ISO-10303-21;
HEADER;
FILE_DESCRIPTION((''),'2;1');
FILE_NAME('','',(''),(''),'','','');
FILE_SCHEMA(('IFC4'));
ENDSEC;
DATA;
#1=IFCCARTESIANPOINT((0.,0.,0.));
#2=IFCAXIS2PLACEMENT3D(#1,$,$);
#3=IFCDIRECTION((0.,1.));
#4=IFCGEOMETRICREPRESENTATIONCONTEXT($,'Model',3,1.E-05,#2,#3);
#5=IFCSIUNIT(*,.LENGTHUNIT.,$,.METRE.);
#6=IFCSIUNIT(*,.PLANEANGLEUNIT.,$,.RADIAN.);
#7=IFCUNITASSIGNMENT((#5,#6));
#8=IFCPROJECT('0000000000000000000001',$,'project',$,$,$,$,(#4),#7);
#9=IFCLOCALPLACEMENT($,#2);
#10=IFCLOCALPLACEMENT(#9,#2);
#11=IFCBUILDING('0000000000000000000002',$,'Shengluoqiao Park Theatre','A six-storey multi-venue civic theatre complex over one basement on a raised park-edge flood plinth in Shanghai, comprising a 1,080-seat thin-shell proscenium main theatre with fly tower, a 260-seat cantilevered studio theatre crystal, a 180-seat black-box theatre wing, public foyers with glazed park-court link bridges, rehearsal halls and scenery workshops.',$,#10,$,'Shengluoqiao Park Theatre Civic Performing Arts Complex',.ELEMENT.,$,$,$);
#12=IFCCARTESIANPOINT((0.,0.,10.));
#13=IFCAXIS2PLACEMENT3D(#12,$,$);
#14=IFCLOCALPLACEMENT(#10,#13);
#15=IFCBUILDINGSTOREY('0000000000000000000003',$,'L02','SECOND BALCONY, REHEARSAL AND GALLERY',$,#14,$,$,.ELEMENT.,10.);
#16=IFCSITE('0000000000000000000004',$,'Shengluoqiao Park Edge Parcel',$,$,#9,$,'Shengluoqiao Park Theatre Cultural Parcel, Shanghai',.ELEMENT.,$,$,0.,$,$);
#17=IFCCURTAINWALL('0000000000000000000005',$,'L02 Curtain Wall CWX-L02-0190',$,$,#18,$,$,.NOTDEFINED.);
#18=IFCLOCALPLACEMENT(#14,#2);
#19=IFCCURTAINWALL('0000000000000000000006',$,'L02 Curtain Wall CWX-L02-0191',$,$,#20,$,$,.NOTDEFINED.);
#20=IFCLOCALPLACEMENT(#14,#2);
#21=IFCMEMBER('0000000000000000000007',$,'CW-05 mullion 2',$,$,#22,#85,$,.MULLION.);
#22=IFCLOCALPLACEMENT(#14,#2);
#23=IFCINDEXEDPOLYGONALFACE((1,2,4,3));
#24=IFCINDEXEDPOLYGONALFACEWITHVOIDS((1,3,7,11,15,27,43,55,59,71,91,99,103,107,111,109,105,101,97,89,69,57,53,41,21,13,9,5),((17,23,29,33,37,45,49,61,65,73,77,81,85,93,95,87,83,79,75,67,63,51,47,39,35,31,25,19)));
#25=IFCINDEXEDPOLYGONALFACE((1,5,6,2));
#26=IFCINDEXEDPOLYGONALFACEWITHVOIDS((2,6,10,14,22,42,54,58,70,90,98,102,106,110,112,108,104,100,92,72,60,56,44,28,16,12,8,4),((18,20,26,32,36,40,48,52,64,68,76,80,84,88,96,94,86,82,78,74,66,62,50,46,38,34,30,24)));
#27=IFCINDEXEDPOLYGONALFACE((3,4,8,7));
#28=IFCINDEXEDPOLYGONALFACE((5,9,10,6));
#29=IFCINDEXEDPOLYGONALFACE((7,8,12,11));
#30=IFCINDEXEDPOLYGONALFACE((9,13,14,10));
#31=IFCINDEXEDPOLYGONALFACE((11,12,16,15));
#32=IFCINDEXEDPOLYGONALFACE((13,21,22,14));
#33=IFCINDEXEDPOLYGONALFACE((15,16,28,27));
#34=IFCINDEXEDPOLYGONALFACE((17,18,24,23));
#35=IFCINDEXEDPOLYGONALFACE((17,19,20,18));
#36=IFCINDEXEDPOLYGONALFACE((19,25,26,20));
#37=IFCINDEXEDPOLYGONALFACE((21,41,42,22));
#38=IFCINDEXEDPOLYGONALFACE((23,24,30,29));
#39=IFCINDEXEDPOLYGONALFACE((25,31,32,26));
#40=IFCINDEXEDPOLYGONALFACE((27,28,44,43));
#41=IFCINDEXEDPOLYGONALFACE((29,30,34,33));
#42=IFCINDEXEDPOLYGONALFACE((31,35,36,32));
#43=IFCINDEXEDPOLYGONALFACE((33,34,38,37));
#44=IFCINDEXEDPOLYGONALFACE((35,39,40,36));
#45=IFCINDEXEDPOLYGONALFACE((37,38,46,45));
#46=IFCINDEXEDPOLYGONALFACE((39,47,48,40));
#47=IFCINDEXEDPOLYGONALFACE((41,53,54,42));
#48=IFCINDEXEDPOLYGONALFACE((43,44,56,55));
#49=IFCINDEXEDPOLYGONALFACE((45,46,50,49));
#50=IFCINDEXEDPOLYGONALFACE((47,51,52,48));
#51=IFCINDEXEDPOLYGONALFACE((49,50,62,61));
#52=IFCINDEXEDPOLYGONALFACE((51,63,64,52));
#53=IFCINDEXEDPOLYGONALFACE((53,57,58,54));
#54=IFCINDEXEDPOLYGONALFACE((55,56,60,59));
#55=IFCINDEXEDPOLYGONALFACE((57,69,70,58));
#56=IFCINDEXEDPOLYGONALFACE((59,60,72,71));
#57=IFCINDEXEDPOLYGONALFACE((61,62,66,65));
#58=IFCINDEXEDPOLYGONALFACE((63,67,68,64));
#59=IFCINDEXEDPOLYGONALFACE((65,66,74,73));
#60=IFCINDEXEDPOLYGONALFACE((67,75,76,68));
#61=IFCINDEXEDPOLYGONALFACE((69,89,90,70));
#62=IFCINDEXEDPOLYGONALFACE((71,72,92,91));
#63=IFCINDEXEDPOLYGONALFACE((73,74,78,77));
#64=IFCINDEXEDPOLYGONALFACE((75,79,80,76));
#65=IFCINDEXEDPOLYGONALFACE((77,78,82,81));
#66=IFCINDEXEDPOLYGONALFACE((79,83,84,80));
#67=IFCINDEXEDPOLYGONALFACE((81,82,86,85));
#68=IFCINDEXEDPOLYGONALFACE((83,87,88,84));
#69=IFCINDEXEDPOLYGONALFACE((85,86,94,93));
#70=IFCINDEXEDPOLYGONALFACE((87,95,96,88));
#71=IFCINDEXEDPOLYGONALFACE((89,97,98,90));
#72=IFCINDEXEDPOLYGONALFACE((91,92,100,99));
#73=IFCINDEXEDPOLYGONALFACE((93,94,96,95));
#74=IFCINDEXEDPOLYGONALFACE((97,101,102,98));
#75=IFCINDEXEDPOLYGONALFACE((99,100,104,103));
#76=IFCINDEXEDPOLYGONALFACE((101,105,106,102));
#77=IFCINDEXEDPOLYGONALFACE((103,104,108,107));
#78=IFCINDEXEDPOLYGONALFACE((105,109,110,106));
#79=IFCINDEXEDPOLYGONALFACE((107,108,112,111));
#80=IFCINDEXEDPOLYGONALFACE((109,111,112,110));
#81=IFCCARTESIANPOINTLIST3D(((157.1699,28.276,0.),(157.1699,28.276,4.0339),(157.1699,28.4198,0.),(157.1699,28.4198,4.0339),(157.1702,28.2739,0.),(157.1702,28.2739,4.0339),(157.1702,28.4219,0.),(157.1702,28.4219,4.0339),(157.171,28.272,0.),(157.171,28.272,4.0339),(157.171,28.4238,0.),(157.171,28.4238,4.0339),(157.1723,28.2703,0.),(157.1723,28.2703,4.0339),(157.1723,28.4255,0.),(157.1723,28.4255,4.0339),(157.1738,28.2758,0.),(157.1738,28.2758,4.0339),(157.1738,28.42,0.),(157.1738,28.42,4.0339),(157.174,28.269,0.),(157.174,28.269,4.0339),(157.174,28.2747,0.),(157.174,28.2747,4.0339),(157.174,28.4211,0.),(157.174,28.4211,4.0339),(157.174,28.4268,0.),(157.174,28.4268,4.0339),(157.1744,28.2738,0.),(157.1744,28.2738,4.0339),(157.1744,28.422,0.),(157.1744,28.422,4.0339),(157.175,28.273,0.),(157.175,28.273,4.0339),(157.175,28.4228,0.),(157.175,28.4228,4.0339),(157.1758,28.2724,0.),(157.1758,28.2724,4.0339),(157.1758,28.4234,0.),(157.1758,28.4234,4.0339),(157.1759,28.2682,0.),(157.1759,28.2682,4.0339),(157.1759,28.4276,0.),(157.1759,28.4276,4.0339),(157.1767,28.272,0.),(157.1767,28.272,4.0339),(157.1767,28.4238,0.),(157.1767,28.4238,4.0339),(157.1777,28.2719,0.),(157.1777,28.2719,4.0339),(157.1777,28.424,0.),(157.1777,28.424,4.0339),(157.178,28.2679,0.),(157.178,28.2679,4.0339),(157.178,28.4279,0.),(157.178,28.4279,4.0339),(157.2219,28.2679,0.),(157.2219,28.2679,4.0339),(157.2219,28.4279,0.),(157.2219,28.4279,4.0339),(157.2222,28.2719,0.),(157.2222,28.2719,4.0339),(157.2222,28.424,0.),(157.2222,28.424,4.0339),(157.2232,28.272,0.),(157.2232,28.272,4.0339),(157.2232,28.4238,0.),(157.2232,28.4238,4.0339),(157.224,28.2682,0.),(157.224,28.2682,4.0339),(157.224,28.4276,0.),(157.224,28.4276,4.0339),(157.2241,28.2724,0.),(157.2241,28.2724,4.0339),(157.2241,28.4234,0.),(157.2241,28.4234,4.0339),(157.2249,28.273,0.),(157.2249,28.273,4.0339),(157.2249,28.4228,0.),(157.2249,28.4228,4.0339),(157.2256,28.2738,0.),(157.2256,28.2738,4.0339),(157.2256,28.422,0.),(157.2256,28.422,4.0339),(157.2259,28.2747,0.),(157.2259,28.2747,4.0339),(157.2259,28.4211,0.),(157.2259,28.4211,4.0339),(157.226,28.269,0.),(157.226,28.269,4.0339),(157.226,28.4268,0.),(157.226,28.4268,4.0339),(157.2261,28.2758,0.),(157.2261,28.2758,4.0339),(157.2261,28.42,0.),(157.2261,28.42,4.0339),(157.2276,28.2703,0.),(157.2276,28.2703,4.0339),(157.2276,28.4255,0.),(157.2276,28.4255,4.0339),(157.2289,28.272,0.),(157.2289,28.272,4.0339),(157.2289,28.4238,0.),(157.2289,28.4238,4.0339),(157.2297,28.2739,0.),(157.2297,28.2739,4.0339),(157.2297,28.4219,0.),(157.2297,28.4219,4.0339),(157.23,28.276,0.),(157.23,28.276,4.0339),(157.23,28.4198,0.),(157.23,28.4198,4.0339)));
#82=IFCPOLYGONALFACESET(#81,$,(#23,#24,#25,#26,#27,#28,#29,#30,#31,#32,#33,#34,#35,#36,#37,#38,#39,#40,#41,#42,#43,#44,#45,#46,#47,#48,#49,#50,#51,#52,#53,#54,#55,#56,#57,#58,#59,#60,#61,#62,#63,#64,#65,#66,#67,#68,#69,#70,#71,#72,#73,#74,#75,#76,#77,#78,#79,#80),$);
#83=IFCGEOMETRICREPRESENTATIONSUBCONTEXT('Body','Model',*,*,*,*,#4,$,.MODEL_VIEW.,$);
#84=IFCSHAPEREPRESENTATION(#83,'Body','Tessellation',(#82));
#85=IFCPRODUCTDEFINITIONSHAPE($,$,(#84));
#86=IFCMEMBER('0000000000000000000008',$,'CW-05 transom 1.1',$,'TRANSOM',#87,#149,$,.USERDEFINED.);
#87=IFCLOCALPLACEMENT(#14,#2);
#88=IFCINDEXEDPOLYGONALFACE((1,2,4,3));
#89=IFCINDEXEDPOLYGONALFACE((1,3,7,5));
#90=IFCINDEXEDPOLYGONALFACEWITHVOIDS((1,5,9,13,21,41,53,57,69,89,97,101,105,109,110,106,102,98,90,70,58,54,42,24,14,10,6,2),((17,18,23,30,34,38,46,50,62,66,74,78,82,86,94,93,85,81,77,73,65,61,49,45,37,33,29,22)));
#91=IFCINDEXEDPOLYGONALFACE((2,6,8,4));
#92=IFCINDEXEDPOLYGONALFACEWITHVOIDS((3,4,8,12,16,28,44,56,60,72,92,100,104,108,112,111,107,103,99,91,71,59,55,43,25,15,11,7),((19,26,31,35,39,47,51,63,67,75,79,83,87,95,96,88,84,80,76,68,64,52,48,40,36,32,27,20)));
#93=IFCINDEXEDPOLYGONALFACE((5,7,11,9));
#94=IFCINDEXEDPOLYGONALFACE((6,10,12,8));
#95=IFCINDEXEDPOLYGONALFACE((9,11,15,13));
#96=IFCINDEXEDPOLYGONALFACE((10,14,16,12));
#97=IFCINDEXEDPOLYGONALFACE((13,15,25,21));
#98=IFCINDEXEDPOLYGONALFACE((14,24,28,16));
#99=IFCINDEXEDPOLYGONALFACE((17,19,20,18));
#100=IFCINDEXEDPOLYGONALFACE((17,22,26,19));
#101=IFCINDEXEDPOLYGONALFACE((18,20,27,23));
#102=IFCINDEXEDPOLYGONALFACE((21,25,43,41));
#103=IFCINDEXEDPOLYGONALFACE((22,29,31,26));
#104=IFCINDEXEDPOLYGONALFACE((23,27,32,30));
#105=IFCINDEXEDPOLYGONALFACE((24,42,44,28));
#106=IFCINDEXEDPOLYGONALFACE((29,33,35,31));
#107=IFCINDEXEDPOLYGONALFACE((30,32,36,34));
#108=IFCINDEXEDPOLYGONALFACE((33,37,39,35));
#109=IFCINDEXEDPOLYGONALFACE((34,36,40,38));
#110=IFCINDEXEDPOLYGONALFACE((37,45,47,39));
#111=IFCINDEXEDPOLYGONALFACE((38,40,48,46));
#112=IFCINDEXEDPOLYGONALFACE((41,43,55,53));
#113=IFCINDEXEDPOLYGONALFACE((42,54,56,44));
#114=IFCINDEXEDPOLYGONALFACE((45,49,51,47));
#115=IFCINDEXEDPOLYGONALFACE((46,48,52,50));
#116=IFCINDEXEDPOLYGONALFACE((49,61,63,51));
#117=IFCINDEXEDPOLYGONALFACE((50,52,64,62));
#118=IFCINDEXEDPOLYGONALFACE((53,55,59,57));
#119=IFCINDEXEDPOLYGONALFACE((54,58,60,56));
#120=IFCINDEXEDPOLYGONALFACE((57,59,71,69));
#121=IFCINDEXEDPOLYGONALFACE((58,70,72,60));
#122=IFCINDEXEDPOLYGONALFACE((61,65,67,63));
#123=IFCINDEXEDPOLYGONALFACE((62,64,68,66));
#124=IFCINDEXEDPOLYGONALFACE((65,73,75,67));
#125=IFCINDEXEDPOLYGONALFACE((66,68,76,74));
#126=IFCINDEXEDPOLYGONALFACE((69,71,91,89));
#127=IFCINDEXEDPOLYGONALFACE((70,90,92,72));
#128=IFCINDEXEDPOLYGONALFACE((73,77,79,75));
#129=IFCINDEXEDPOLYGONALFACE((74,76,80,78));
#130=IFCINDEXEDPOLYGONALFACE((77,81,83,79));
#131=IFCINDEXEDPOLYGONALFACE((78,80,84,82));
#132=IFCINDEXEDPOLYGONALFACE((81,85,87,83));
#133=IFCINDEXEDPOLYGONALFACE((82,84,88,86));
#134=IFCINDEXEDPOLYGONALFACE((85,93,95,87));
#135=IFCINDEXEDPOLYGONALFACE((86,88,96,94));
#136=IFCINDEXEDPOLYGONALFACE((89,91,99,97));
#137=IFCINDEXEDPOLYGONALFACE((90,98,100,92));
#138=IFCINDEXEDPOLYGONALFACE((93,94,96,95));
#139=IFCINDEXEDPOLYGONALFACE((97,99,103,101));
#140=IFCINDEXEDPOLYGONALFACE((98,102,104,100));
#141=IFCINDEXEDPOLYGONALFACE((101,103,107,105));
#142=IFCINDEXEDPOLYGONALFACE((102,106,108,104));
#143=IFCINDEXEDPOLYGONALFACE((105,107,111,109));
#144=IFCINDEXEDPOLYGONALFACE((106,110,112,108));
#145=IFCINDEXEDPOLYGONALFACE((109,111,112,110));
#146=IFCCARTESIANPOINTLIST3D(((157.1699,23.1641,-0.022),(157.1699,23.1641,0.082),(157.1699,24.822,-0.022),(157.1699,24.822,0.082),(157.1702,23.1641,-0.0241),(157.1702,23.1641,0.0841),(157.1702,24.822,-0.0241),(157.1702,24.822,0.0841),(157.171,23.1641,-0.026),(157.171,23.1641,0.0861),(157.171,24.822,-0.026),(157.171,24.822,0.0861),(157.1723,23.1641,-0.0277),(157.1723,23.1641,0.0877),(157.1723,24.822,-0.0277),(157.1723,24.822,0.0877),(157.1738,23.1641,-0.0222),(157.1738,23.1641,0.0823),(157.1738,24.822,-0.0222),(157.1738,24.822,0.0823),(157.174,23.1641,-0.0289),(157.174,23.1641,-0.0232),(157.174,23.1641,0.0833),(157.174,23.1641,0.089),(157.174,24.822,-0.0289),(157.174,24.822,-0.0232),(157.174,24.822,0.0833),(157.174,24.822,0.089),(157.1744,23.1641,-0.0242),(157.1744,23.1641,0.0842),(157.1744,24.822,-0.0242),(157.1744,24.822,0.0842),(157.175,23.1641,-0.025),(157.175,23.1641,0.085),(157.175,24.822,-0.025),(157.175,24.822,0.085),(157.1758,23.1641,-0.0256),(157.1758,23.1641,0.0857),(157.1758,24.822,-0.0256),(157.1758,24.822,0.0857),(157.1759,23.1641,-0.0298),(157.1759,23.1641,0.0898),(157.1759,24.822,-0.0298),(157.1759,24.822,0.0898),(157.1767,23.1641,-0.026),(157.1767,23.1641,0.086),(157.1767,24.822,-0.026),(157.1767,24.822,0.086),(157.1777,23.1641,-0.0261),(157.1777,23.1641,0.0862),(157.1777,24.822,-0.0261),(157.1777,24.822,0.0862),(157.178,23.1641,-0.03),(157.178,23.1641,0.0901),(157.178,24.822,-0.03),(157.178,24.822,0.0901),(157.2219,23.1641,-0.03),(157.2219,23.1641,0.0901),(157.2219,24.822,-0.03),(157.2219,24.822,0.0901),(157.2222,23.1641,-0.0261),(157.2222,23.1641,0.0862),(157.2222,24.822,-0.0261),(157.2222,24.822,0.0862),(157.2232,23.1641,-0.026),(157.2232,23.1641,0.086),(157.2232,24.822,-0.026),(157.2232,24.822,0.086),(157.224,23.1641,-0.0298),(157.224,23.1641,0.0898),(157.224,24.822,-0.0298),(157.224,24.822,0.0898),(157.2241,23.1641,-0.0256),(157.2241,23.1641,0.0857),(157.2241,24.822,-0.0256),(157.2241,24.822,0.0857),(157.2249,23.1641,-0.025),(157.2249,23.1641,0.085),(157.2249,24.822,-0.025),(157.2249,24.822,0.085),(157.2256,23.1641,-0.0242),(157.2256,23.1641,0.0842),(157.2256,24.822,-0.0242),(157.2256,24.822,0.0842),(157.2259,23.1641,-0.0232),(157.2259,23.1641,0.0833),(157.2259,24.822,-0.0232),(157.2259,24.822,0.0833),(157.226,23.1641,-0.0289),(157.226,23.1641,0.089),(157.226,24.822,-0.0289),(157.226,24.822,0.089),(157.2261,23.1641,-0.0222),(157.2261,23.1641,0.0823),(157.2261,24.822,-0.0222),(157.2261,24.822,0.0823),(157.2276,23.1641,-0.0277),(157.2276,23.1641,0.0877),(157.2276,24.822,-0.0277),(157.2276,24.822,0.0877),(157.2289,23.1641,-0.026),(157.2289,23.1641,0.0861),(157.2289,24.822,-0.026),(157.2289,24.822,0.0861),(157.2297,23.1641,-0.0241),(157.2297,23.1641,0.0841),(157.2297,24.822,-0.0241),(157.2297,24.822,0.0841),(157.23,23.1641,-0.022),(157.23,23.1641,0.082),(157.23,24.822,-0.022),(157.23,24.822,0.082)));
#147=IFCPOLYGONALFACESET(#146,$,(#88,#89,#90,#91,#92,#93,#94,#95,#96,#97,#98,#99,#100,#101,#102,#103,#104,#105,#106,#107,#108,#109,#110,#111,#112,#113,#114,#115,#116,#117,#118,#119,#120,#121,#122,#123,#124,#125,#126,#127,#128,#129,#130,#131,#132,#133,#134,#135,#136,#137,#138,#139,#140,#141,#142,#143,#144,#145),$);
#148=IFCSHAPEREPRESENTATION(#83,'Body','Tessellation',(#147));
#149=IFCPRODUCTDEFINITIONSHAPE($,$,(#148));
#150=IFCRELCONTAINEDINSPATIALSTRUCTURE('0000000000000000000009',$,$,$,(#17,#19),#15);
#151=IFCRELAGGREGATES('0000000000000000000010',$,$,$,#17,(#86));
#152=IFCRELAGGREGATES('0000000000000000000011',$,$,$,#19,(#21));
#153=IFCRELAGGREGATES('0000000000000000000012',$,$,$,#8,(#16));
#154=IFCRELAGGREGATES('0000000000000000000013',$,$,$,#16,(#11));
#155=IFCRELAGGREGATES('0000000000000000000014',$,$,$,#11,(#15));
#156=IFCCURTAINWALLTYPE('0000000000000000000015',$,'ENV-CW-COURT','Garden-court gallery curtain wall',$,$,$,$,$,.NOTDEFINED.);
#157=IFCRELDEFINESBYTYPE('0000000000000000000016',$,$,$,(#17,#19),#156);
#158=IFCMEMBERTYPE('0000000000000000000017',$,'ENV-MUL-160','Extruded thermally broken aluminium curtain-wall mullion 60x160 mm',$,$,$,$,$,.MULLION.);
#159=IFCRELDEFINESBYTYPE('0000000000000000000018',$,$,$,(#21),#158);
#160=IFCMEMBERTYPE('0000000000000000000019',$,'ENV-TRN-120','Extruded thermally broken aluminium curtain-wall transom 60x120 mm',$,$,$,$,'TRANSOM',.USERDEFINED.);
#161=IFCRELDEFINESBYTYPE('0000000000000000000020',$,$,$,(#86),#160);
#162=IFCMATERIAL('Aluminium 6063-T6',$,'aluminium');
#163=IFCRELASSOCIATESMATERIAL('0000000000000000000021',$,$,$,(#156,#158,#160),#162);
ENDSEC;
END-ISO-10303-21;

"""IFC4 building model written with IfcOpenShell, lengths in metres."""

from ifc_helpers import new_model, si_unit, direction, frame, origin, origin_2d, place, context, subcontext, project, spatial, hollow_rectangle, extrude, material, material_profile, profile_set, type_object, element, aggregate, save


model = new_model("IFC4")

# Units and contexts
model_context = context("Model", 3, precision=1e-05, world=origin(), true_north=direction((0.0, 1.0)))
body_context = subcontext(model_context, "Body", "Model", "MODEL_VIEW")
ifc_project = project(units=[si_unit("LENGTHUNIT", "METRE"), si_unit("PLANEANGLEUNIT", "RADIAN")], contexts=[model_context])

# Site, building, storey
site_placement = place(None, origin())
site = spatial("IfcSite", under=ifc_project, at=site_placement, Name="Shengluoqiao Park Edge Parcel", LongName="Shengluoqiao Park Theatre Cultural Parcel, Shanghai", CompositionType="ELEMENT", RefElevation=0.0)
building_placement = place(site_placement, origin())
building = spatial("IfcBuilding", under=site, at=building_placement, Name="Shengluoqiao Park Theatre", Description="A six-storey multi-venue civic theatre complex over one basement on a raised park-edge flood plinth in Shanghai, comprising a 1,080-seat thin-shell proscenium main theatre with fly tower, a 260-seat cantilevered studio theatre crystal, a 180-seat black-box theatre wing, public foyers with glazed park-court link bridges, rehearsal halls and scenery workshops.", LongName="Shengluoqiao Park Theatre Civic Performing Arts Complex", CompositionType="ELEMENT")
storey_placement = place(building_placement, frame((0.0, 0.0, 10.0)))
storey = spatial("IfcBuildingStorey", under=building, at=storey_placement, Name="L02", Description="SECOND BALCONY, REHEARSAL AND GALLERY", CompositionType="ELEMENT", Elevation=10.0)

# Curtain walls, member
ifc_material_1 = material(Name="Aluminium 6063-T6", Category="aluminium")
curtain_wall_type = type_object("IfcCurtainWallType", Name="ENV-CW-COURT", Description="Garden-court gallery curtain wall", PredefinedType="NOTDEFINED", material=ifc_material_1)
curtain_wall_1_placement = place(storey_placement, origin())
curtain_wall_1 = element("IfcCurtainWall", 1, at=curtain_wall_1_placement, inside=storey, type_object=curtain_wall_type, Name="L02 Curtain Wall CWX-L02-0190", PredefinedType="NOTDEFINED")
ifc_material_profile_1 = material_profile(ifc_material_1, hollow_rectangle(XDim=0.0601, YDim=0.1599, WallThickness=0.0039, InnerFilletRadius=0.0039, OuterFilletRadius=0.0081, at=origin_2d()), Name="ALU MULLION 160x60x4")
ifc_profile_set_1 = profile_set([ifc_material_profile_1], Name="Aluminium 6063-T6")
member_type_1 = type_object("IfcMemberType", Name="ENV-MUL-160", Description="Extruded thermally broken aluminium curtain-wall mullion 60x160 mm", PredefinedType="MULLION", material=ifc_profile_set_1)
curtain_wall_2_placement = place(storey_placement, origin())
curtain_wall_2 = element("IfcCurtainWall", 2, at=curtain_wall_2_placement, inside=storey, type_object=curtain_wall_type, Name="L02 Curtain Wall CWX-L02-0191", PredefinedType="NOTDEFINED")
member_1_placement = place(storey_placement, frame((157.2, 28.3479, 0.0), z_axis=(0.0, 0.0, 1.0), x_axis=(-1.0, 0.0, 0.0)))
member_1 = element("IfcMember", 3, at=member_1_placement, type_object=member_type_1, Name="CW-05 mullion 2", PredefinedType="MULLION", context=body_context, shape_type="SweptSolid", body=[
    extrude(hollow_rectangle(XDim=0.0601, YDim=0.1599, WallThickness=0.0039, InnerFilletRadius=0.0039, OuterFilletRadius=0.0081, at=origin_2d()), origin(), (0.0, 0.0, 1.0), 4.0339),
])

# Member
ifc_material_profile_2 = material_profile(ifc_material_1, hollow_rectangle(XDim=0.0601, YDim=0.1201, WallThickness=0.0039, InnerFilletRadius=0.0039, OuterFilletRadius=0.0081, at=origin_2d()), Name="ALU TRANSOM 120x60x4")
ifc_profile_set_2 = profile_set([ifc_material_profile_2], Name="Aluminium 6063-T6")
member_type_2 = type_object("IfcMemberType", Name="ENV-TRN-120", Description="Extruded thermally broken aluminium curtain-wall transom 60x120 mm", ElementType="TRANSOM", PredefinedType="USERDEFINED", material=ifc_profile_set_2)
member_2_placement = place(storey_placement, frame((157.2, 23.1641, 0.03), z_axis=(0.0, 1.0, 0.0), x_axis=(-1.0, 0.0, 0.0)))
member_2 = element("IfcMember", 4, at=member_2_placement, type_object=member_type_2, Name="CW-05 transom 1.1", ObjectType="TRANSOM", PredefinedType="USERDEFINED", context=body_context, shape_type="SweptSolid", body=[
    extrude(hollow_rectangle(XDim=0.0601, YDim=0.1201, WallThickness=0.0039, InnerFilletRadius=0.0039, OuterFilletRadius=0.0081, at=origin_2d()), origin(), (0.0, 0.0, 1.0), 1.658),
])

aggregate(curtain_wall_1, [member_2])
aggregate(curtain_wall_2, [member_1])

save(model, "model.ifc")
